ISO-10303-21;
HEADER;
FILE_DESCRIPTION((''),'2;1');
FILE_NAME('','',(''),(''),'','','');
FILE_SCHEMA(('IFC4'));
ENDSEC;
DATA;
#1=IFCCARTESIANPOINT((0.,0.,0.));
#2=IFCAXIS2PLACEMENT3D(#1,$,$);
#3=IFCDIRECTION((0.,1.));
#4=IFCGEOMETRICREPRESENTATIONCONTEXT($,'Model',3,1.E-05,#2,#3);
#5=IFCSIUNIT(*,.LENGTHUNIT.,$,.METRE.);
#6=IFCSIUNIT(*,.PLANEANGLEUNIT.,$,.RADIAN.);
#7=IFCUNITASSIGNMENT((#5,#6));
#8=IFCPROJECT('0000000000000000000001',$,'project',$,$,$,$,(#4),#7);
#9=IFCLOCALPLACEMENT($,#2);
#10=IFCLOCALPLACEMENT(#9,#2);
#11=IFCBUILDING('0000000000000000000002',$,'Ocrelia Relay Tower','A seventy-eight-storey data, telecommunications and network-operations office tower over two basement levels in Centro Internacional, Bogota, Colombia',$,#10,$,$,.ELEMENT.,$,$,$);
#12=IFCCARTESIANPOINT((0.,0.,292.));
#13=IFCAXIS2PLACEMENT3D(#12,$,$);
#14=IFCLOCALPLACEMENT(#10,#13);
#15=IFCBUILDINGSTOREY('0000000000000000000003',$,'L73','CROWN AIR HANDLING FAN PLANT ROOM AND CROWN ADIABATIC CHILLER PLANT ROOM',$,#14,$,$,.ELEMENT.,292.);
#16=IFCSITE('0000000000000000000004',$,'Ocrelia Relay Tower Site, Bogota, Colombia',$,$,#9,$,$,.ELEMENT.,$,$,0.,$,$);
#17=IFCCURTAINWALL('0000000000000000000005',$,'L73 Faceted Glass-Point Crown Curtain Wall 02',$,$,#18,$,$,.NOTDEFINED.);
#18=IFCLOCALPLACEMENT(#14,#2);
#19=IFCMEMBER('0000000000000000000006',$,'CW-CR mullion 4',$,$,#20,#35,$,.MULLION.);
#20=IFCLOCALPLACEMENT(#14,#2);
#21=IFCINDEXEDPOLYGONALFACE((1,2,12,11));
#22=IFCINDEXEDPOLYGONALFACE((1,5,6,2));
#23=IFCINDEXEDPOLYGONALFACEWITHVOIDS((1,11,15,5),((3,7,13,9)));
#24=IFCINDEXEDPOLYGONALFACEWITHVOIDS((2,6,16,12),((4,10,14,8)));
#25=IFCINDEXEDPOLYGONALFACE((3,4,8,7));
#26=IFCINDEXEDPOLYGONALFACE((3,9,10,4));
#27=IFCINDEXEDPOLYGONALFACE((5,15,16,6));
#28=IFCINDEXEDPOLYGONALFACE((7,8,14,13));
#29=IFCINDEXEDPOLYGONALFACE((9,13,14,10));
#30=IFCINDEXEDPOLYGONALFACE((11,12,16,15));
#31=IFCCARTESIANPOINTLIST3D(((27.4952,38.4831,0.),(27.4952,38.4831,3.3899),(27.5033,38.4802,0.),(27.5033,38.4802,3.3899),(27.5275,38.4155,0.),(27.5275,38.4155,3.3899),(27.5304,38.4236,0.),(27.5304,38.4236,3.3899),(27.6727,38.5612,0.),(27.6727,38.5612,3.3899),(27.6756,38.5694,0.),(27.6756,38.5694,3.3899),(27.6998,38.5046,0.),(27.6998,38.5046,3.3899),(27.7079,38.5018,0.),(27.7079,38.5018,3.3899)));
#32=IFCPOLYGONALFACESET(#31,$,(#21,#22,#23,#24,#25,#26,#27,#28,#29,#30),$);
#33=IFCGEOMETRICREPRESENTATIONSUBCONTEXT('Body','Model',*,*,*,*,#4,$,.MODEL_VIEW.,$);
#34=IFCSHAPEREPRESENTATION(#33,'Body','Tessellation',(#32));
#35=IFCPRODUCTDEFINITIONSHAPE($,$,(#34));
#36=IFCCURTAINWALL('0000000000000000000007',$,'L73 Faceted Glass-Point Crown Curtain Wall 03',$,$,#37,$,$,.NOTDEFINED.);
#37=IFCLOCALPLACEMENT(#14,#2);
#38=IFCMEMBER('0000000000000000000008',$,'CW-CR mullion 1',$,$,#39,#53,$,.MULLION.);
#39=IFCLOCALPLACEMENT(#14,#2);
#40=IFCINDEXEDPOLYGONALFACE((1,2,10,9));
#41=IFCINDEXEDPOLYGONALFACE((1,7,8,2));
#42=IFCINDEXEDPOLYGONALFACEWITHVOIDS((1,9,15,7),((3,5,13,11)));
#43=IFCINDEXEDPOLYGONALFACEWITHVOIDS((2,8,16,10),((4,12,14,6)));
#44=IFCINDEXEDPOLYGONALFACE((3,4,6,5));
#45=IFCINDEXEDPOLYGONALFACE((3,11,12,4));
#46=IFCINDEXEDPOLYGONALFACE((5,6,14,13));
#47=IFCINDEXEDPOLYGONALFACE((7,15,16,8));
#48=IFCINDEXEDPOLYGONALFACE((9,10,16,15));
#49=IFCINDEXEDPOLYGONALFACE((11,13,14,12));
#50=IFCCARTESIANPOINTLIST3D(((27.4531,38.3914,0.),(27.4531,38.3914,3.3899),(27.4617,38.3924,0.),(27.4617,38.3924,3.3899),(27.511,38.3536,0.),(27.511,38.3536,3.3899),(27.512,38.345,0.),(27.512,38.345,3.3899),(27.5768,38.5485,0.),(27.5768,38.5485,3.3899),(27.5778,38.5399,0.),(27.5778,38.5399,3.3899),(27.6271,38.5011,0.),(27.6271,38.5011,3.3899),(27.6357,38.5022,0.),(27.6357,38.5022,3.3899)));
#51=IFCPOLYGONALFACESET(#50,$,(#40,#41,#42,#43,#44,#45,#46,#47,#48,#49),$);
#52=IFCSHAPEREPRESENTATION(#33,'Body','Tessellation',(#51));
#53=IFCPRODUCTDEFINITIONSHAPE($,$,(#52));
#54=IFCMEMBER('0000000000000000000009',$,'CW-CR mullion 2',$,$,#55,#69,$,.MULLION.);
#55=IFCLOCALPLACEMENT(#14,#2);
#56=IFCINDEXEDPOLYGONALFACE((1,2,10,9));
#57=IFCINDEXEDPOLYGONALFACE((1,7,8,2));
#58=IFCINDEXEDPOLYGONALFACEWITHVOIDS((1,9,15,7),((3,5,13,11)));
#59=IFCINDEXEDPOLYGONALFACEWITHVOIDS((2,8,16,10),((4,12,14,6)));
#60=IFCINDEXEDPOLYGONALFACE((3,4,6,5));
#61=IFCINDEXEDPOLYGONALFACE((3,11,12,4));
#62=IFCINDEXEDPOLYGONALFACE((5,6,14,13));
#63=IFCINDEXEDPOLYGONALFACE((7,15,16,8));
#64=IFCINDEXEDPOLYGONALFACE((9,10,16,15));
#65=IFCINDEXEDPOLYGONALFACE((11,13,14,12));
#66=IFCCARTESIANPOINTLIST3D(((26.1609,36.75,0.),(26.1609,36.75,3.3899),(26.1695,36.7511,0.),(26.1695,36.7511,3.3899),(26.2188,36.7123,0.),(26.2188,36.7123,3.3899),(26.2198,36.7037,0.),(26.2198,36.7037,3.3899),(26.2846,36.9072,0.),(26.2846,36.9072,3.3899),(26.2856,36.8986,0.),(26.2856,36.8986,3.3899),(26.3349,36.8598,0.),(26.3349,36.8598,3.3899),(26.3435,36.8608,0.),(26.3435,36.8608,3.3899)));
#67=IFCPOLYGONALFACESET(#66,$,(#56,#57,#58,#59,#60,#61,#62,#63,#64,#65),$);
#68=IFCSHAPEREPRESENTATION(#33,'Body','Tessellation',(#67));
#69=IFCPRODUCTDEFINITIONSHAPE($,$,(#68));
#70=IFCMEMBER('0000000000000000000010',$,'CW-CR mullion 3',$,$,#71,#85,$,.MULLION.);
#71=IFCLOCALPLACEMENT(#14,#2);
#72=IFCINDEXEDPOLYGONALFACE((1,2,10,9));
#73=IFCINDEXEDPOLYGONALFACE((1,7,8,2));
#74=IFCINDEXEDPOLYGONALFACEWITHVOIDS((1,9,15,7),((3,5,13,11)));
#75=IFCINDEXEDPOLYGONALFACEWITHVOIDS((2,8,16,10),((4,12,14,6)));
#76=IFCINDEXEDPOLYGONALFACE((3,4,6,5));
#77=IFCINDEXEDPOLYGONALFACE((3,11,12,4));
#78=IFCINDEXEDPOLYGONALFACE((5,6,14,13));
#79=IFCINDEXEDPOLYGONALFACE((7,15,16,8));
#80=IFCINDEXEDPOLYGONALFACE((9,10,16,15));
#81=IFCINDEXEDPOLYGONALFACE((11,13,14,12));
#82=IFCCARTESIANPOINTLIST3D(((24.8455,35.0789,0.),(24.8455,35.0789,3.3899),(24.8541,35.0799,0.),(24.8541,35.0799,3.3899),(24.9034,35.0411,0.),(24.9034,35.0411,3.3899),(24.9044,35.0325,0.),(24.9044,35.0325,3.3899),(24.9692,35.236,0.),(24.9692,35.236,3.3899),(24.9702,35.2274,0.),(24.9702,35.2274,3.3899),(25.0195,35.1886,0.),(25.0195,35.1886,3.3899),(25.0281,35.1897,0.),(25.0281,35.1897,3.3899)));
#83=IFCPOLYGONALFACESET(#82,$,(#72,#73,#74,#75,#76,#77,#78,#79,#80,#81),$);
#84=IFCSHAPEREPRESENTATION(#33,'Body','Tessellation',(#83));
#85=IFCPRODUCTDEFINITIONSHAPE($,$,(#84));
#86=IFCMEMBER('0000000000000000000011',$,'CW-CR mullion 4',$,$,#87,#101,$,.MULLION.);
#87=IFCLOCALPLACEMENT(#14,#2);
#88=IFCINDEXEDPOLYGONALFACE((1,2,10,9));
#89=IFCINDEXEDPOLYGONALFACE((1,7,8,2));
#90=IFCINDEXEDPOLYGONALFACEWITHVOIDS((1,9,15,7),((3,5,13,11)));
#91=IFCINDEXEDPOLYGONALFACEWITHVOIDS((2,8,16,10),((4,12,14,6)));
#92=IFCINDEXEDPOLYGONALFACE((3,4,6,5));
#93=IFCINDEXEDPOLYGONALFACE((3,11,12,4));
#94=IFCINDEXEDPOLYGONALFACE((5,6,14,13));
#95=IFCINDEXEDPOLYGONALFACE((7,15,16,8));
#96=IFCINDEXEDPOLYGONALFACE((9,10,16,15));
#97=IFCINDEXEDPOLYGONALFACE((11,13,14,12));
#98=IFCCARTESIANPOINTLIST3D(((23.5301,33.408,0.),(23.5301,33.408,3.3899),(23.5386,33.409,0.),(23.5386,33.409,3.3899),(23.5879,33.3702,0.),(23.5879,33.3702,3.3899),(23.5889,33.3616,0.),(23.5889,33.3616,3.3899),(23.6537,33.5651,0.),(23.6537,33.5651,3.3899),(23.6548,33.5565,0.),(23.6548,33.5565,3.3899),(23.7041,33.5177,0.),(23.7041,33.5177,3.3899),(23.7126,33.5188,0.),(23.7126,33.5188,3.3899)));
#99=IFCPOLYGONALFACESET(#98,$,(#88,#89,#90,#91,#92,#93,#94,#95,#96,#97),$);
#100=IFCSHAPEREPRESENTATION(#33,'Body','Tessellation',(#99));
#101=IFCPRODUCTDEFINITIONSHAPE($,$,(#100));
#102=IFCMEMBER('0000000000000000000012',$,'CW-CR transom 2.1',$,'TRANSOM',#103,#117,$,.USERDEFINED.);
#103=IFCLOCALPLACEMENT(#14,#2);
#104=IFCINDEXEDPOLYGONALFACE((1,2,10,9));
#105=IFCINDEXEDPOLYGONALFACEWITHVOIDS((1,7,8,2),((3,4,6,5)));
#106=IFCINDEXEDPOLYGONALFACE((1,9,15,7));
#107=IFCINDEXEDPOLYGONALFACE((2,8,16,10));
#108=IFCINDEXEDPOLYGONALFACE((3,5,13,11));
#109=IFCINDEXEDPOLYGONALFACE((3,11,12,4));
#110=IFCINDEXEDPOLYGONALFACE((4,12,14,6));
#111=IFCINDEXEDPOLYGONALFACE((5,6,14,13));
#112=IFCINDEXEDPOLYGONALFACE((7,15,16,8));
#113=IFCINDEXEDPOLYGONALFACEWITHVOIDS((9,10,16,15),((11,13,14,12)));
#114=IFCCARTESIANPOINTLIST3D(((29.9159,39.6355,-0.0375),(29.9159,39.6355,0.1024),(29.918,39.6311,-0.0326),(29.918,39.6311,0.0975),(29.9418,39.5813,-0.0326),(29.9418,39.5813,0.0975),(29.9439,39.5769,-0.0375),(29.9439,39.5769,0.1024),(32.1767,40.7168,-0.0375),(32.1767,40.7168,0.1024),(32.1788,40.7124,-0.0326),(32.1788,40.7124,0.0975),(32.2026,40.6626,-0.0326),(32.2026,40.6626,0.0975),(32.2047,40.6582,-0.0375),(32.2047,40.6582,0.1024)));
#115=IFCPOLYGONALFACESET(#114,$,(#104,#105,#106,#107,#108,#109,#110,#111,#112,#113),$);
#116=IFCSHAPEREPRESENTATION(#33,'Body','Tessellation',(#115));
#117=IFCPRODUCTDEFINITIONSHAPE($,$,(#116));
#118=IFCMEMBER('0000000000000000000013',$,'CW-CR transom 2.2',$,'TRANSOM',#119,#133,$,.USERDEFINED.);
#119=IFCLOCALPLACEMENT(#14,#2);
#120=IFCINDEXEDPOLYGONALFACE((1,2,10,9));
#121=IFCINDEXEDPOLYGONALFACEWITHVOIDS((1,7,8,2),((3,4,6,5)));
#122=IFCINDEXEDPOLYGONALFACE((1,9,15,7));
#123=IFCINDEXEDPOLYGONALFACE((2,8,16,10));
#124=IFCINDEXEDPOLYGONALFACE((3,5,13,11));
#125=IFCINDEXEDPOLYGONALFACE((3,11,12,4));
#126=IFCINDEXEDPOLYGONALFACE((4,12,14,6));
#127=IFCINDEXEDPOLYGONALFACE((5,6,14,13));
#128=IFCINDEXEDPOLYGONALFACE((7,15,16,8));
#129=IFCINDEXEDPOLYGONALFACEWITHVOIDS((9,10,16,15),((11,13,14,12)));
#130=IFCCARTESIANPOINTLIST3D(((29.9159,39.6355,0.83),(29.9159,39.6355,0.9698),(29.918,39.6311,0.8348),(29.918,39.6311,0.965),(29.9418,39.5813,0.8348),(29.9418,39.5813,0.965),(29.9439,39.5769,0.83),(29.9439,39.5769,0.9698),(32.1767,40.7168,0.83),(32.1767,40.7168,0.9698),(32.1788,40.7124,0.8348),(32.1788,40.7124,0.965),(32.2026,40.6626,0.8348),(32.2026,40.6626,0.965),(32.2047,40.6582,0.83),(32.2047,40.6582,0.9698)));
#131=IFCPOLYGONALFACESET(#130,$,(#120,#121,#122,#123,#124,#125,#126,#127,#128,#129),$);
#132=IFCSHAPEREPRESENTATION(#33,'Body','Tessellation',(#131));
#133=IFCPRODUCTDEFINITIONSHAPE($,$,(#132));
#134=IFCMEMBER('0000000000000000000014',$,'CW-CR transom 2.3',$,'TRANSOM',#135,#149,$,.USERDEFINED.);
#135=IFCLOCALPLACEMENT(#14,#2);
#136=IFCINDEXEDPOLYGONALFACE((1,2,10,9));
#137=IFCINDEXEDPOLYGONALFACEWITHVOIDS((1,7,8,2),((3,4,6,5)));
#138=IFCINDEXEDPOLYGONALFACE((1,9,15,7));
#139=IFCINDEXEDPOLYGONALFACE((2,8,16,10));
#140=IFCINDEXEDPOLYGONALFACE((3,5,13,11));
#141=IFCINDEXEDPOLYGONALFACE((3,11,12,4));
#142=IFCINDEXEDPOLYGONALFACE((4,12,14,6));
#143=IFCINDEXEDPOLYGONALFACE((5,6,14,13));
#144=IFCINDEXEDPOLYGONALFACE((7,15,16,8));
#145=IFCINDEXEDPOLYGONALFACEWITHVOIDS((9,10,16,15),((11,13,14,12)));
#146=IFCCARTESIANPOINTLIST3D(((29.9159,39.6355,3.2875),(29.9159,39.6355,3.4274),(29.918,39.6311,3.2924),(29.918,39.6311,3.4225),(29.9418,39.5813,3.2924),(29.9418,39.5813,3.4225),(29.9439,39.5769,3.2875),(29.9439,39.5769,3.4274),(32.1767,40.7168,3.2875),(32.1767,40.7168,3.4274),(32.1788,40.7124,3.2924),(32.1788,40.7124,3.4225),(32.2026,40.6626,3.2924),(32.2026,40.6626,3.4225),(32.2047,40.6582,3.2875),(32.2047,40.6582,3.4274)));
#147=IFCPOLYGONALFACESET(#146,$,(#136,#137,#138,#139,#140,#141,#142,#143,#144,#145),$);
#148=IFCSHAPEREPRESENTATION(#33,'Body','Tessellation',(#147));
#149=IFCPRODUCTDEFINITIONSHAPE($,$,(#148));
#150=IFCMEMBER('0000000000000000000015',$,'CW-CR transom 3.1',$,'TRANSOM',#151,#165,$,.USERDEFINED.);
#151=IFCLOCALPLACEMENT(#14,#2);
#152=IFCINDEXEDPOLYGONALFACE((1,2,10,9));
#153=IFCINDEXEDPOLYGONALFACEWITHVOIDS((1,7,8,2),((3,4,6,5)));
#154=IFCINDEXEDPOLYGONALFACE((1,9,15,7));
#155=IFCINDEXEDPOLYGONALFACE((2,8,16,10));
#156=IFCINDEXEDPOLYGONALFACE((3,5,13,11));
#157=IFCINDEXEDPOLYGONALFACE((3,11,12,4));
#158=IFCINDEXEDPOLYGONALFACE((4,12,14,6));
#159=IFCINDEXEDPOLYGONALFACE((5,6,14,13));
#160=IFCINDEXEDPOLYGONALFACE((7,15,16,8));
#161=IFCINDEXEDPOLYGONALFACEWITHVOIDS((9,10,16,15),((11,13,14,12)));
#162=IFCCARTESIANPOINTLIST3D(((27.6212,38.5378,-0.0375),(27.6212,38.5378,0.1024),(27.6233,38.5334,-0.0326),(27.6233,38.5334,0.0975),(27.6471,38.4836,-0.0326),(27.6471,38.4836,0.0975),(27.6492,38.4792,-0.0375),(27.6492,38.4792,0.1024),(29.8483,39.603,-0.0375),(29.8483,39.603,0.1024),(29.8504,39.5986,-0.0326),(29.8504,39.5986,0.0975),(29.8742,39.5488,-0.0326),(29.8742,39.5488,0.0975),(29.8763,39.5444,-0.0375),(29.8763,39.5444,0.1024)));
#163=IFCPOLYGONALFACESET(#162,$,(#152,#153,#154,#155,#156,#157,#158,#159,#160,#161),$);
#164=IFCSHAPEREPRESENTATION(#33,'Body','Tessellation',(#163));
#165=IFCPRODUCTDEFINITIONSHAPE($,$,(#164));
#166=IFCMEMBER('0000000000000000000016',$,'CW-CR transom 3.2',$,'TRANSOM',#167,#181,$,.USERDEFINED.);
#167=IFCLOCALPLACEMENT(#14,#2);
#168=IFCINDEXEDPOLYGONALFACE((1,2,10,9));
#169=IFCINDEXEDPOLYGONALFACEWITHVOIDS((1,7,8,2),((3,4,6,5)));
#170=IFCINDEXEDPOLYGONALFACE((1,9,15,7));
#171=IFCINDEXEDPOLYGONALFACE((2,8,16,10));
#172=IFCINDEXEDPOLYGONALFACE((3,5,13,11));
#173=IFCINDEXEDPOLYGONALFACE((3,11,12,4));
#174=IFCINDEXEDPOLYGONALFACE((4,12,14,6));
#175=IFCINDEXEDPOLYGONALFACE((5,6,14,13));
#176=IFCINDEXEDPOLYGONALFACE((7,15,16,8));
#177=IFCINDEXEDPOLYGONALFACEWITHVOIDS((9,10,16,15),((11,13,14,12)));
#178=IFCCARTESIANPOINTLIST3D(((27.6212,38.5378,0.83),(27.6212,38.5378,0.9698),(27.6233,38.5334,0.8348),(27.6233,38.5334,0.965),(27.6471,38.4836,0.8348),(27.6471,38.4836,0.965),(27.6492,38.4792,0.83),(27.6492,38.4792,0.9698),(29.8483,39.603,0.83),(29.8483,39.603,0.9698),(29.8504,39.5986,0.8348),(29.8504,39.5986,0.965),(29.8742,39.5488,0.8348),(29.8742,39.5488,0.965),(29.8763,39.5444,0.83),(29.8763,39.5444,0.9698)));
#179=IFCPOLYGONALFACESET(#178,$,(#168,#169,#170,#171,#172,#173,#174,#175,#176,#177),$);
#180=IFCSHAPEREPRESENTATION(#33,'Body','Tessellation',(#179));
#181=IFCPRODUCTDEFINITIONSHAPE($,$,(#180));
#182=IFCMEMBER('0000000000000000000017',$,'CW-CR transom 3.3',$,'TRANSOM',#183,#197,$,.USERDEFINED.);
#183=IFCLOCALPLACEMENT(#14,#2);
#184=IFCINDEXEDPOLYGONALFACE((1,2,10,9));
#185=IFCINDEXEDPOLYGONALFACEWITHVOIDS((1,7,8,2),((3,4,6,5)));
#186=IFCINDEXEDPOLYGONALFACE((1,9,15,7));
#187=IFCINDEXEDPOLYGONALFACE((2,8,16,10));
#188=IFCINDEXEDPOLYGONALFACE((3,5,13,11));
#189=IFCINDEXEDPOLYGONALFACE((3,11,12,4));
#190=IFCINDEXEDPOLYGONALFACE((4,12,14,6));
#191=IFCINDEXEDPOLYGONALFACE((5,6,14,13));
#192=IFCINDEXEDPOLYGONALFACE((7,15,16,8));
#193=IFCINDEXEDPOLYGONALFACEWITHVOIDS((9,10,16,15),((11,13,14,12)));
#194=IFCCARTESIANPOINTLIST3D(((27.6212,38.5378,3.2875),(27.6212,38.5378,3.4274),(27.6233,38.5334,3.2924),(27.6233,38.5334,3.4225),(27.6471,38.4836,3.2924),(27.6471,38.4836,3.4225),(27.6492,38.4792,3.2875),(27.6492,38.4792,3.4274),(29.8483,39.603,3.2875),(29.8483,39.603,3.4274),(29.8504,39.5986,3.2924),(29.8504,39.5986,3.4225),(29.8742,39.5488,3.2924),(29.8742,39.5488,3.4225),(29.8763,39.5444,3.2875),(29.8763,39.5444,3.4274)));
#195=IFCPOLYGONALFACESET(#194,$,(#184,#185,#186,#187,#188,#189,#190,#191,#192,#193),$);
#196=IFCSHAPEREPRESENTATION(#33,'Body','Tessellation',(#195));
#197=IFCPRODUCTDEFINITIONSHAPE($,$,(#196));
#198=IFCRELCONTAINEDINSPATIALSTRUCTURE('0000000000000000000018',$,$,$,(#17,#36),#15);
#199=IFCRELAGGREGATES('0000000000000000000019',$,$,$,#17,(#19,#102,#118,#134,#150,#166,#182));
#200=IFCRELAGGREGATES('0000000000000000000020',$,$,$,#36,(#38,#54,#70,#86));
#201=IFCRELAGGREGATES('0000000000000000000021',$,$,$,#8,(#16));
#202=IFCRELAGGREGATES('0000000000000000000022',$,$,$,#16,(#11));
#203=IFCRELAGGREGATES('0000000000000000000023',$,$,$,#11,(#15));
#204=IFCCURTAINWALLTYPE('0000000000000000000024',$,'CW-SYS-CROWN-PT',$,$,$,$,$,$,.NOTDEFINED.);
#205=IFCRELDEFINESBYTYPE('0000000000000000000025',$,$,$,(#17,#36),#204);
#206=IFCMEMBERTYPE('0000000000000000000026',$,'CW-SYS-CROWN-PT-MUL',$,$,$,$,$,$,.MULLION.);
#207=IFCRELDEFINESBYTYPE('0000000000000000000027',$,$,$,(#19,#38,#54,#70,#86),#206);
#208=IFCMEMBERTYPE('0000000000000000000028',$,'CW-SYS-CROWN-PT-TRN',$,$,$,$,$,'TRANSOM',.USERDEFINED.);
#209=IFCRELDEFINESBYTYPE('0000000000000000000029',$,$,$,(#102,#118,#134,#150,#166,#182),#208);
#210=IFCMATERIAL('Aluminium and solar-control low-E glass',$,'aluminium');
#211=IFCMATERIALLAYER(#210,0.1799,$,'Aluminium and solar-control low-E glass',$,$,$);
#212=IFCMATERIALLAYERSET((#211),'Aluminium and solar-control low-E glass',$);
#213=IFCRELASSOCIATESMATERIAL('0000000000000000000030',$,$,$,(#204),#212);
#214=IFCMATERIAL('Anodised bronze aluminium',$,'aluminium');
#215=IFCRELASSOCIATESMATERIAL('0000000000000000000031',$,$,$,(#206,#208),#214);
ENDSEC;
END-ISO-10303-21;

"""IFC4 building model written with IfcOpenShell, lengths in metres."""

from ifc_helpers import new_model, si_unit, direction, frame, origin, origin_2d, place, context, subcontext, project, spatial, hollow_rectangle, extrude, material, layer, layer_set, material_profile, profile_set, type_object, element, aggregate, save


model = new_model("IFC4")

# Units and contexts
model_context = context("Model", 3, precision=1e-05, world=origin(), true_north=direction((0.0, 1.0)))
body_context = subcontext(model_context, "Body", "Model", "MODEL_VIEW")
ifc_project = project(units=[si_unit("LENGTHUNIT", "METRE"), si_unit("PLANEANGLEUNIT", "RADIAN")], contexts=[model_context])

# Site, building, storey
site_placement = place(None, origin())
site = spatial("IfcSite", under=ifc_project, at=site_placement, Name="Ocrelia Relay Tower Site, Bogota, Colombia", CompositionType="ELEMENT", RefElevation=0.0)
building_placement = place(site_placement, origin())
building = spatial("IfcBuilding", under=site, at=building_placement, Name="Ocrelia Relay Tower", Description="A seventy-eight-storey data, telecommunications and network-operations office tower over two basement levels in Centro Internacional, Bogota, Colombia", CompositionType="ELEMENT")
storey_placement = place(building_placement, frame((0.0, 0.0, 292.0)))
storey = spatial("IfcBuildingStorey", under=building, at=storey_placement, Name="L73", Description="CROWN AIR HANDLING FAN PLANT ROOM AND CROWN ADIABATIC CHILLER PLANT ROOM", CompositionType="ELEMENT", Elevation=292.0)

# Curtain walls, members
ifc_material_1 = material(Name="Aluminium and solar-control low-E glass", Category="aluminium")
ifc_layer_1 = layer(ifc_material_1, 0.1799, Name="Aluminium and solar-control low-E glass")
ifc_layer_set_1 = layer_set([ifc_layer_1], Name="Aluminium and solar-control low-E glass")
curtain_wall_type = type_object("IfcCurtainWallType", Name="CW-SYS-CROWN-PT", PredefinedType="NOTDEFINED", material=ifc_layer_set_1)
curtain_wall_1_placement = place(storey_placement, origin())
curtain_wall_1 = element("IfcCurtainWall", 1, at=curtain_wall_1_placement, inside=storey, type_object=curtain_wall_type, Name="L73 Faceted Glass-Point Crown Curtain Wall 02", PredefinedType="NOTDEFINED")
ifc_material_2 = material(Name="Anodised bronze aluminium", Category="aluminium")
ifc_material_profile_1 = material_profile(ifc_material_2, hollow_rectangle(XDim=0.075, YDim=0.2, WallThickness=0.0061, at=origin_2d()), Name="CW-MUL-200x75")
ifc_profile_set_1 = profile_set([ifc_material_profile_1], Name="Anodised bronze aluminium")
member_type_1 = type_object("IfcMemberType", Name="CW-SYS-CROWN-PT-MUL", PredefinedType="MULLION", material=ifc_profile_set_1)
member_1_placement = place(storey_placement, frame((27.6016, 38.4924, 0.0), z_axis=(0.0, 0.0, 1.0), x_axis=(0.431477, -0.902124, 0.0)))
member_1 = element("IfcMember", 2, at=member_1_placement, type_object=member_type_1, Name="CW-CR mullion 4", PredefinedType="MULLION", context=body_context, shape_type="SweptSolid", body=[
    extrude(hollow_rectangle(XDim=0.075, YDim=0.2, WallThickness=0.0061, at=origin_2d()), origin(), (0.0, 0.0, 1.0), 3.3899),
])
curtain_wall_2_placement = place(storey_placement, origin())
curtain_wall_2 = element("IfcCurtainWall", 3, at=curtain_wall_2_placement, inside=storey, type_object=curtain_wall_type, Name="L73 Faceted Glass-Point Crown Curtain Wall 03", PredefinedType="NOTDEFINED")
member_2_placement = place(storey_placement, frame((27.5444, 38.4468, 0.0), z_axis=(0.0, 0.0, 1.0), x_axis=(0.785742, -0.618554, 0.0)))
member_2 = element("IfcMember", 4, at=member_2_placement, type_object=member_type_1, Name="CW-CR mullion 1", PredefinedType="MULLION", context=body_context, shape_type="SweptSolid", body=[
    extrude(hollow_rectangle(XDim=0.075, YDim=0.2, WallThickness=0.0061, at=origin_2d()), origin(), (0.0, 0.0, 1.0), 3.3899),
])
member_3_placement = place(storey_placement, frame((26.2522, 36.8054, 0.0), z_axis=(0.0, 0.0, 1.0), x_axis=(0.785742, -0.618554, 0.0)))
member_3 = element("IfcMember", 5, at=member_3_placement, type_object=member_type_1, Name="CW-CR mullion 2", PredefinedType="MULLION", context=body_context, shape_type="SweptSolid", body=[
    extrude(hollow_rectangle(XDim=0.075, YDim=0.2, WallThickness=0.0061, at=origin_2d()), origin(), (0.0, 0.0, 1.0), 3.3899),
])
member_4_placement = place(storey_placement, frame((24.9368, 35.1343, 0.0), z_axis=(0.0, 0.0, 1.0), x_axis=(0.785742, -0.618554, 0.0)))
member_4 = element("IfcMember", 6, at=member_4_placement, type_object=member_type_1, Name="CW-CR mullion 3", PredefinedType="MULLION", context=body_context, shape_type="SweptSolid", body=[
    extrude(hollow_rectangle(XDim=0.075, YDim=0.2, WallThickness=0.0061, at=origin_2d()), origin(), (0.0, 0.0, 1.0), 3.3899),
])
member_5_placement = place(storey_placement, frame((23.6213, 33.4634, 0.0), z_axis=(0.0, 0.0, 1.0), x_axis=(0.785742, -0.618554, 0.0)))
member_5 = element("IfcMember", 7, at=member_5_placement, type_object=member_type_1, Name="CW-CR mullion 4", PredefinedType="MULLION", context=body_context, shape_type="SweptSolid", body=[
    extrude(hollow_rectangle(XDim=0.075, YDim=0.2, WallThickness=0.0061, at=origin_2d()), origin(), (0.0, 0.0, 1.0), 3.3899),
])

# Members
ifc_material_profile_2 = material_profile(ifc_material_2, hollow_rectangle(XDim=0.0649, YDim=0.1399, WallThickness=0.0049, at=origin_2d()), Name="CW-TRN-140x65")
ifc_profile_set_2 = profile_set([ifc_material_profile_2], Name="Anodised bronze aluminium")
member_type_2 = type_object("IfcMemberType", Name="CW-SYS-CROWN-PT-TRN", ElementType="TRANSOM", PredefinedType="USERDEFINED", material=ifc_profile_set_2)
member_6_placement = place(storey_placement, frame((32.1907, 40.6875, 0.0325), z_axis=(-0.902123, -0.43148, 0.0), x_axis=(0.43148, -0.902123, 0.0)))
member_6 = element("IfcMember", 8, at=member_6_placement, type_object=member_type_2, Name="CW-CR transom 2.1", ObjectType="TRANSOM", PredefinedType="USERDEFINED", context=body_context, shape_type="SweptSolid", body=[
    extrude(hollow_rectangle(XDim=0.0649, YDim=0.1399, WallThickness=0.0049, at=origin_2d()), origin(), (0.0, 0.0, 1.0), 2.5061),
])
member_7_placement = place(storey_placement, frame((32.1907, 40.6875, 0.8999), z_axis=(-0.902123, -0.43148, 0.0), x_axis=(0.43148, -0.902123, 0.0)))
member_7 = element("IfcMember", 9, at=member_7_placement, type_object=member_type_2, Name="CW-CR transom 2.2", ObjectType="TRANSOM", PredefinedType="USERDEFINED", context=body_context, shape_type="SweptSolid", body=[
    extrude(hollow_rectangle(XDim=0.0649, YDim=0.1399, WallThickness=0.0049, at=origin_2d()), origin(), (0.0, 0.0, 1.0), 2.5061),
])
member_8_placement = place(storey_placement, frame((32.1907, 40.6875, 3.3574), z_axis=(-0.902123, -0.43148, 0.0), x_axis=(0.43148, -0.902123, 0.0)))
member_8 = element("IfcMember", 10, at=member_8_placement, type_object=member_type_2, Name="CW-CR transom 2.3", ObjectType="TRANSOM", PredefinedType="USERDEFINED", context=body_context, shape_type="SweptSolid", body=[
    extrude(hollow_rectangle(XDim=0.0649, YDim=0.1399, WallThickness=0.0049, at=origin_2d()), origin(), (0.0, 0.0, 1.0), 2.5061),
])
member_9_placement = place(storey_placement, frame((29.8623, 39.5737, 0.0325), z_axis=(-0.902123, -0.43148, 0.0), x_axis=(0.43148, -0.902123, 0.0)))
member_9 = element("IfcMember", 11, at=member_9_placement, type_object=member_type_2, Name="CW-CR transom 3.1", ObjectType="TRANSOM", PredefinedType="USERDEFINED", context=body_context, shape_type="SweptSolid", body=[
    extrude(hollow_rectangle(XDim=0.0649, YDim=0.1399, WallThickness=0.0049, at=origin_2d()), origin(), (0.0, 0.0, 1.0), 2.4688),
])
member_10_placement = place(storey_placement, frame((29.8623, 39.5737, 0.8999), z_axis=(-0.902123, -0.43148, 0.0), x_axis=(0.43148, -0.902123, 0.0)))
member_10 = element("IfcMember", 12, at=member_10_placement, type_object=member_type_2, Name="CW-CR transom 3.2", ObjectType="TRANSOM", PredefinedType="USERDEFINED", context=body_context, shape_type="SweptSolid", body=[
    extrude(hollow_rectangle(XDim=0.0649, YDim=0.1399, WallThickness=0.0049, at=origin_2d()), origin(), (0.0, 0.0, 1.0), 2.4688),
])
member_11_placement = place(storey_placement, frame((29.8623, 39.5737, 3.3574), z_axis=(-0.902123, -0.43148, 0.0), x_axis=(0.43148, -0.902123, 0.0)))
member_11 = element("IfcMember", 13, at=member_11_placement, type_object=member_type_2, Name="CW-CR transom 3.3", ObjectType="TRANSOM", PredefinedType="USERDEFINED", context=body_context, shape_type="SweptSolid", body=[
    extrude(hollow_rectangle(XDim=0.0649, YDim=0.1399, WallThickness=0.0049, at=origin_2d()), origin(), (0.0, 0.0, 1.0), 2.4688),
])

aggregate(curtain_wall_1, [member_1, member_6, member_7, member_8, member_9, member_10, member_11])
aggregate(curtain_wall_2, [member_2, member_3, member_4, member_5])

save(model, "model.ifc")
